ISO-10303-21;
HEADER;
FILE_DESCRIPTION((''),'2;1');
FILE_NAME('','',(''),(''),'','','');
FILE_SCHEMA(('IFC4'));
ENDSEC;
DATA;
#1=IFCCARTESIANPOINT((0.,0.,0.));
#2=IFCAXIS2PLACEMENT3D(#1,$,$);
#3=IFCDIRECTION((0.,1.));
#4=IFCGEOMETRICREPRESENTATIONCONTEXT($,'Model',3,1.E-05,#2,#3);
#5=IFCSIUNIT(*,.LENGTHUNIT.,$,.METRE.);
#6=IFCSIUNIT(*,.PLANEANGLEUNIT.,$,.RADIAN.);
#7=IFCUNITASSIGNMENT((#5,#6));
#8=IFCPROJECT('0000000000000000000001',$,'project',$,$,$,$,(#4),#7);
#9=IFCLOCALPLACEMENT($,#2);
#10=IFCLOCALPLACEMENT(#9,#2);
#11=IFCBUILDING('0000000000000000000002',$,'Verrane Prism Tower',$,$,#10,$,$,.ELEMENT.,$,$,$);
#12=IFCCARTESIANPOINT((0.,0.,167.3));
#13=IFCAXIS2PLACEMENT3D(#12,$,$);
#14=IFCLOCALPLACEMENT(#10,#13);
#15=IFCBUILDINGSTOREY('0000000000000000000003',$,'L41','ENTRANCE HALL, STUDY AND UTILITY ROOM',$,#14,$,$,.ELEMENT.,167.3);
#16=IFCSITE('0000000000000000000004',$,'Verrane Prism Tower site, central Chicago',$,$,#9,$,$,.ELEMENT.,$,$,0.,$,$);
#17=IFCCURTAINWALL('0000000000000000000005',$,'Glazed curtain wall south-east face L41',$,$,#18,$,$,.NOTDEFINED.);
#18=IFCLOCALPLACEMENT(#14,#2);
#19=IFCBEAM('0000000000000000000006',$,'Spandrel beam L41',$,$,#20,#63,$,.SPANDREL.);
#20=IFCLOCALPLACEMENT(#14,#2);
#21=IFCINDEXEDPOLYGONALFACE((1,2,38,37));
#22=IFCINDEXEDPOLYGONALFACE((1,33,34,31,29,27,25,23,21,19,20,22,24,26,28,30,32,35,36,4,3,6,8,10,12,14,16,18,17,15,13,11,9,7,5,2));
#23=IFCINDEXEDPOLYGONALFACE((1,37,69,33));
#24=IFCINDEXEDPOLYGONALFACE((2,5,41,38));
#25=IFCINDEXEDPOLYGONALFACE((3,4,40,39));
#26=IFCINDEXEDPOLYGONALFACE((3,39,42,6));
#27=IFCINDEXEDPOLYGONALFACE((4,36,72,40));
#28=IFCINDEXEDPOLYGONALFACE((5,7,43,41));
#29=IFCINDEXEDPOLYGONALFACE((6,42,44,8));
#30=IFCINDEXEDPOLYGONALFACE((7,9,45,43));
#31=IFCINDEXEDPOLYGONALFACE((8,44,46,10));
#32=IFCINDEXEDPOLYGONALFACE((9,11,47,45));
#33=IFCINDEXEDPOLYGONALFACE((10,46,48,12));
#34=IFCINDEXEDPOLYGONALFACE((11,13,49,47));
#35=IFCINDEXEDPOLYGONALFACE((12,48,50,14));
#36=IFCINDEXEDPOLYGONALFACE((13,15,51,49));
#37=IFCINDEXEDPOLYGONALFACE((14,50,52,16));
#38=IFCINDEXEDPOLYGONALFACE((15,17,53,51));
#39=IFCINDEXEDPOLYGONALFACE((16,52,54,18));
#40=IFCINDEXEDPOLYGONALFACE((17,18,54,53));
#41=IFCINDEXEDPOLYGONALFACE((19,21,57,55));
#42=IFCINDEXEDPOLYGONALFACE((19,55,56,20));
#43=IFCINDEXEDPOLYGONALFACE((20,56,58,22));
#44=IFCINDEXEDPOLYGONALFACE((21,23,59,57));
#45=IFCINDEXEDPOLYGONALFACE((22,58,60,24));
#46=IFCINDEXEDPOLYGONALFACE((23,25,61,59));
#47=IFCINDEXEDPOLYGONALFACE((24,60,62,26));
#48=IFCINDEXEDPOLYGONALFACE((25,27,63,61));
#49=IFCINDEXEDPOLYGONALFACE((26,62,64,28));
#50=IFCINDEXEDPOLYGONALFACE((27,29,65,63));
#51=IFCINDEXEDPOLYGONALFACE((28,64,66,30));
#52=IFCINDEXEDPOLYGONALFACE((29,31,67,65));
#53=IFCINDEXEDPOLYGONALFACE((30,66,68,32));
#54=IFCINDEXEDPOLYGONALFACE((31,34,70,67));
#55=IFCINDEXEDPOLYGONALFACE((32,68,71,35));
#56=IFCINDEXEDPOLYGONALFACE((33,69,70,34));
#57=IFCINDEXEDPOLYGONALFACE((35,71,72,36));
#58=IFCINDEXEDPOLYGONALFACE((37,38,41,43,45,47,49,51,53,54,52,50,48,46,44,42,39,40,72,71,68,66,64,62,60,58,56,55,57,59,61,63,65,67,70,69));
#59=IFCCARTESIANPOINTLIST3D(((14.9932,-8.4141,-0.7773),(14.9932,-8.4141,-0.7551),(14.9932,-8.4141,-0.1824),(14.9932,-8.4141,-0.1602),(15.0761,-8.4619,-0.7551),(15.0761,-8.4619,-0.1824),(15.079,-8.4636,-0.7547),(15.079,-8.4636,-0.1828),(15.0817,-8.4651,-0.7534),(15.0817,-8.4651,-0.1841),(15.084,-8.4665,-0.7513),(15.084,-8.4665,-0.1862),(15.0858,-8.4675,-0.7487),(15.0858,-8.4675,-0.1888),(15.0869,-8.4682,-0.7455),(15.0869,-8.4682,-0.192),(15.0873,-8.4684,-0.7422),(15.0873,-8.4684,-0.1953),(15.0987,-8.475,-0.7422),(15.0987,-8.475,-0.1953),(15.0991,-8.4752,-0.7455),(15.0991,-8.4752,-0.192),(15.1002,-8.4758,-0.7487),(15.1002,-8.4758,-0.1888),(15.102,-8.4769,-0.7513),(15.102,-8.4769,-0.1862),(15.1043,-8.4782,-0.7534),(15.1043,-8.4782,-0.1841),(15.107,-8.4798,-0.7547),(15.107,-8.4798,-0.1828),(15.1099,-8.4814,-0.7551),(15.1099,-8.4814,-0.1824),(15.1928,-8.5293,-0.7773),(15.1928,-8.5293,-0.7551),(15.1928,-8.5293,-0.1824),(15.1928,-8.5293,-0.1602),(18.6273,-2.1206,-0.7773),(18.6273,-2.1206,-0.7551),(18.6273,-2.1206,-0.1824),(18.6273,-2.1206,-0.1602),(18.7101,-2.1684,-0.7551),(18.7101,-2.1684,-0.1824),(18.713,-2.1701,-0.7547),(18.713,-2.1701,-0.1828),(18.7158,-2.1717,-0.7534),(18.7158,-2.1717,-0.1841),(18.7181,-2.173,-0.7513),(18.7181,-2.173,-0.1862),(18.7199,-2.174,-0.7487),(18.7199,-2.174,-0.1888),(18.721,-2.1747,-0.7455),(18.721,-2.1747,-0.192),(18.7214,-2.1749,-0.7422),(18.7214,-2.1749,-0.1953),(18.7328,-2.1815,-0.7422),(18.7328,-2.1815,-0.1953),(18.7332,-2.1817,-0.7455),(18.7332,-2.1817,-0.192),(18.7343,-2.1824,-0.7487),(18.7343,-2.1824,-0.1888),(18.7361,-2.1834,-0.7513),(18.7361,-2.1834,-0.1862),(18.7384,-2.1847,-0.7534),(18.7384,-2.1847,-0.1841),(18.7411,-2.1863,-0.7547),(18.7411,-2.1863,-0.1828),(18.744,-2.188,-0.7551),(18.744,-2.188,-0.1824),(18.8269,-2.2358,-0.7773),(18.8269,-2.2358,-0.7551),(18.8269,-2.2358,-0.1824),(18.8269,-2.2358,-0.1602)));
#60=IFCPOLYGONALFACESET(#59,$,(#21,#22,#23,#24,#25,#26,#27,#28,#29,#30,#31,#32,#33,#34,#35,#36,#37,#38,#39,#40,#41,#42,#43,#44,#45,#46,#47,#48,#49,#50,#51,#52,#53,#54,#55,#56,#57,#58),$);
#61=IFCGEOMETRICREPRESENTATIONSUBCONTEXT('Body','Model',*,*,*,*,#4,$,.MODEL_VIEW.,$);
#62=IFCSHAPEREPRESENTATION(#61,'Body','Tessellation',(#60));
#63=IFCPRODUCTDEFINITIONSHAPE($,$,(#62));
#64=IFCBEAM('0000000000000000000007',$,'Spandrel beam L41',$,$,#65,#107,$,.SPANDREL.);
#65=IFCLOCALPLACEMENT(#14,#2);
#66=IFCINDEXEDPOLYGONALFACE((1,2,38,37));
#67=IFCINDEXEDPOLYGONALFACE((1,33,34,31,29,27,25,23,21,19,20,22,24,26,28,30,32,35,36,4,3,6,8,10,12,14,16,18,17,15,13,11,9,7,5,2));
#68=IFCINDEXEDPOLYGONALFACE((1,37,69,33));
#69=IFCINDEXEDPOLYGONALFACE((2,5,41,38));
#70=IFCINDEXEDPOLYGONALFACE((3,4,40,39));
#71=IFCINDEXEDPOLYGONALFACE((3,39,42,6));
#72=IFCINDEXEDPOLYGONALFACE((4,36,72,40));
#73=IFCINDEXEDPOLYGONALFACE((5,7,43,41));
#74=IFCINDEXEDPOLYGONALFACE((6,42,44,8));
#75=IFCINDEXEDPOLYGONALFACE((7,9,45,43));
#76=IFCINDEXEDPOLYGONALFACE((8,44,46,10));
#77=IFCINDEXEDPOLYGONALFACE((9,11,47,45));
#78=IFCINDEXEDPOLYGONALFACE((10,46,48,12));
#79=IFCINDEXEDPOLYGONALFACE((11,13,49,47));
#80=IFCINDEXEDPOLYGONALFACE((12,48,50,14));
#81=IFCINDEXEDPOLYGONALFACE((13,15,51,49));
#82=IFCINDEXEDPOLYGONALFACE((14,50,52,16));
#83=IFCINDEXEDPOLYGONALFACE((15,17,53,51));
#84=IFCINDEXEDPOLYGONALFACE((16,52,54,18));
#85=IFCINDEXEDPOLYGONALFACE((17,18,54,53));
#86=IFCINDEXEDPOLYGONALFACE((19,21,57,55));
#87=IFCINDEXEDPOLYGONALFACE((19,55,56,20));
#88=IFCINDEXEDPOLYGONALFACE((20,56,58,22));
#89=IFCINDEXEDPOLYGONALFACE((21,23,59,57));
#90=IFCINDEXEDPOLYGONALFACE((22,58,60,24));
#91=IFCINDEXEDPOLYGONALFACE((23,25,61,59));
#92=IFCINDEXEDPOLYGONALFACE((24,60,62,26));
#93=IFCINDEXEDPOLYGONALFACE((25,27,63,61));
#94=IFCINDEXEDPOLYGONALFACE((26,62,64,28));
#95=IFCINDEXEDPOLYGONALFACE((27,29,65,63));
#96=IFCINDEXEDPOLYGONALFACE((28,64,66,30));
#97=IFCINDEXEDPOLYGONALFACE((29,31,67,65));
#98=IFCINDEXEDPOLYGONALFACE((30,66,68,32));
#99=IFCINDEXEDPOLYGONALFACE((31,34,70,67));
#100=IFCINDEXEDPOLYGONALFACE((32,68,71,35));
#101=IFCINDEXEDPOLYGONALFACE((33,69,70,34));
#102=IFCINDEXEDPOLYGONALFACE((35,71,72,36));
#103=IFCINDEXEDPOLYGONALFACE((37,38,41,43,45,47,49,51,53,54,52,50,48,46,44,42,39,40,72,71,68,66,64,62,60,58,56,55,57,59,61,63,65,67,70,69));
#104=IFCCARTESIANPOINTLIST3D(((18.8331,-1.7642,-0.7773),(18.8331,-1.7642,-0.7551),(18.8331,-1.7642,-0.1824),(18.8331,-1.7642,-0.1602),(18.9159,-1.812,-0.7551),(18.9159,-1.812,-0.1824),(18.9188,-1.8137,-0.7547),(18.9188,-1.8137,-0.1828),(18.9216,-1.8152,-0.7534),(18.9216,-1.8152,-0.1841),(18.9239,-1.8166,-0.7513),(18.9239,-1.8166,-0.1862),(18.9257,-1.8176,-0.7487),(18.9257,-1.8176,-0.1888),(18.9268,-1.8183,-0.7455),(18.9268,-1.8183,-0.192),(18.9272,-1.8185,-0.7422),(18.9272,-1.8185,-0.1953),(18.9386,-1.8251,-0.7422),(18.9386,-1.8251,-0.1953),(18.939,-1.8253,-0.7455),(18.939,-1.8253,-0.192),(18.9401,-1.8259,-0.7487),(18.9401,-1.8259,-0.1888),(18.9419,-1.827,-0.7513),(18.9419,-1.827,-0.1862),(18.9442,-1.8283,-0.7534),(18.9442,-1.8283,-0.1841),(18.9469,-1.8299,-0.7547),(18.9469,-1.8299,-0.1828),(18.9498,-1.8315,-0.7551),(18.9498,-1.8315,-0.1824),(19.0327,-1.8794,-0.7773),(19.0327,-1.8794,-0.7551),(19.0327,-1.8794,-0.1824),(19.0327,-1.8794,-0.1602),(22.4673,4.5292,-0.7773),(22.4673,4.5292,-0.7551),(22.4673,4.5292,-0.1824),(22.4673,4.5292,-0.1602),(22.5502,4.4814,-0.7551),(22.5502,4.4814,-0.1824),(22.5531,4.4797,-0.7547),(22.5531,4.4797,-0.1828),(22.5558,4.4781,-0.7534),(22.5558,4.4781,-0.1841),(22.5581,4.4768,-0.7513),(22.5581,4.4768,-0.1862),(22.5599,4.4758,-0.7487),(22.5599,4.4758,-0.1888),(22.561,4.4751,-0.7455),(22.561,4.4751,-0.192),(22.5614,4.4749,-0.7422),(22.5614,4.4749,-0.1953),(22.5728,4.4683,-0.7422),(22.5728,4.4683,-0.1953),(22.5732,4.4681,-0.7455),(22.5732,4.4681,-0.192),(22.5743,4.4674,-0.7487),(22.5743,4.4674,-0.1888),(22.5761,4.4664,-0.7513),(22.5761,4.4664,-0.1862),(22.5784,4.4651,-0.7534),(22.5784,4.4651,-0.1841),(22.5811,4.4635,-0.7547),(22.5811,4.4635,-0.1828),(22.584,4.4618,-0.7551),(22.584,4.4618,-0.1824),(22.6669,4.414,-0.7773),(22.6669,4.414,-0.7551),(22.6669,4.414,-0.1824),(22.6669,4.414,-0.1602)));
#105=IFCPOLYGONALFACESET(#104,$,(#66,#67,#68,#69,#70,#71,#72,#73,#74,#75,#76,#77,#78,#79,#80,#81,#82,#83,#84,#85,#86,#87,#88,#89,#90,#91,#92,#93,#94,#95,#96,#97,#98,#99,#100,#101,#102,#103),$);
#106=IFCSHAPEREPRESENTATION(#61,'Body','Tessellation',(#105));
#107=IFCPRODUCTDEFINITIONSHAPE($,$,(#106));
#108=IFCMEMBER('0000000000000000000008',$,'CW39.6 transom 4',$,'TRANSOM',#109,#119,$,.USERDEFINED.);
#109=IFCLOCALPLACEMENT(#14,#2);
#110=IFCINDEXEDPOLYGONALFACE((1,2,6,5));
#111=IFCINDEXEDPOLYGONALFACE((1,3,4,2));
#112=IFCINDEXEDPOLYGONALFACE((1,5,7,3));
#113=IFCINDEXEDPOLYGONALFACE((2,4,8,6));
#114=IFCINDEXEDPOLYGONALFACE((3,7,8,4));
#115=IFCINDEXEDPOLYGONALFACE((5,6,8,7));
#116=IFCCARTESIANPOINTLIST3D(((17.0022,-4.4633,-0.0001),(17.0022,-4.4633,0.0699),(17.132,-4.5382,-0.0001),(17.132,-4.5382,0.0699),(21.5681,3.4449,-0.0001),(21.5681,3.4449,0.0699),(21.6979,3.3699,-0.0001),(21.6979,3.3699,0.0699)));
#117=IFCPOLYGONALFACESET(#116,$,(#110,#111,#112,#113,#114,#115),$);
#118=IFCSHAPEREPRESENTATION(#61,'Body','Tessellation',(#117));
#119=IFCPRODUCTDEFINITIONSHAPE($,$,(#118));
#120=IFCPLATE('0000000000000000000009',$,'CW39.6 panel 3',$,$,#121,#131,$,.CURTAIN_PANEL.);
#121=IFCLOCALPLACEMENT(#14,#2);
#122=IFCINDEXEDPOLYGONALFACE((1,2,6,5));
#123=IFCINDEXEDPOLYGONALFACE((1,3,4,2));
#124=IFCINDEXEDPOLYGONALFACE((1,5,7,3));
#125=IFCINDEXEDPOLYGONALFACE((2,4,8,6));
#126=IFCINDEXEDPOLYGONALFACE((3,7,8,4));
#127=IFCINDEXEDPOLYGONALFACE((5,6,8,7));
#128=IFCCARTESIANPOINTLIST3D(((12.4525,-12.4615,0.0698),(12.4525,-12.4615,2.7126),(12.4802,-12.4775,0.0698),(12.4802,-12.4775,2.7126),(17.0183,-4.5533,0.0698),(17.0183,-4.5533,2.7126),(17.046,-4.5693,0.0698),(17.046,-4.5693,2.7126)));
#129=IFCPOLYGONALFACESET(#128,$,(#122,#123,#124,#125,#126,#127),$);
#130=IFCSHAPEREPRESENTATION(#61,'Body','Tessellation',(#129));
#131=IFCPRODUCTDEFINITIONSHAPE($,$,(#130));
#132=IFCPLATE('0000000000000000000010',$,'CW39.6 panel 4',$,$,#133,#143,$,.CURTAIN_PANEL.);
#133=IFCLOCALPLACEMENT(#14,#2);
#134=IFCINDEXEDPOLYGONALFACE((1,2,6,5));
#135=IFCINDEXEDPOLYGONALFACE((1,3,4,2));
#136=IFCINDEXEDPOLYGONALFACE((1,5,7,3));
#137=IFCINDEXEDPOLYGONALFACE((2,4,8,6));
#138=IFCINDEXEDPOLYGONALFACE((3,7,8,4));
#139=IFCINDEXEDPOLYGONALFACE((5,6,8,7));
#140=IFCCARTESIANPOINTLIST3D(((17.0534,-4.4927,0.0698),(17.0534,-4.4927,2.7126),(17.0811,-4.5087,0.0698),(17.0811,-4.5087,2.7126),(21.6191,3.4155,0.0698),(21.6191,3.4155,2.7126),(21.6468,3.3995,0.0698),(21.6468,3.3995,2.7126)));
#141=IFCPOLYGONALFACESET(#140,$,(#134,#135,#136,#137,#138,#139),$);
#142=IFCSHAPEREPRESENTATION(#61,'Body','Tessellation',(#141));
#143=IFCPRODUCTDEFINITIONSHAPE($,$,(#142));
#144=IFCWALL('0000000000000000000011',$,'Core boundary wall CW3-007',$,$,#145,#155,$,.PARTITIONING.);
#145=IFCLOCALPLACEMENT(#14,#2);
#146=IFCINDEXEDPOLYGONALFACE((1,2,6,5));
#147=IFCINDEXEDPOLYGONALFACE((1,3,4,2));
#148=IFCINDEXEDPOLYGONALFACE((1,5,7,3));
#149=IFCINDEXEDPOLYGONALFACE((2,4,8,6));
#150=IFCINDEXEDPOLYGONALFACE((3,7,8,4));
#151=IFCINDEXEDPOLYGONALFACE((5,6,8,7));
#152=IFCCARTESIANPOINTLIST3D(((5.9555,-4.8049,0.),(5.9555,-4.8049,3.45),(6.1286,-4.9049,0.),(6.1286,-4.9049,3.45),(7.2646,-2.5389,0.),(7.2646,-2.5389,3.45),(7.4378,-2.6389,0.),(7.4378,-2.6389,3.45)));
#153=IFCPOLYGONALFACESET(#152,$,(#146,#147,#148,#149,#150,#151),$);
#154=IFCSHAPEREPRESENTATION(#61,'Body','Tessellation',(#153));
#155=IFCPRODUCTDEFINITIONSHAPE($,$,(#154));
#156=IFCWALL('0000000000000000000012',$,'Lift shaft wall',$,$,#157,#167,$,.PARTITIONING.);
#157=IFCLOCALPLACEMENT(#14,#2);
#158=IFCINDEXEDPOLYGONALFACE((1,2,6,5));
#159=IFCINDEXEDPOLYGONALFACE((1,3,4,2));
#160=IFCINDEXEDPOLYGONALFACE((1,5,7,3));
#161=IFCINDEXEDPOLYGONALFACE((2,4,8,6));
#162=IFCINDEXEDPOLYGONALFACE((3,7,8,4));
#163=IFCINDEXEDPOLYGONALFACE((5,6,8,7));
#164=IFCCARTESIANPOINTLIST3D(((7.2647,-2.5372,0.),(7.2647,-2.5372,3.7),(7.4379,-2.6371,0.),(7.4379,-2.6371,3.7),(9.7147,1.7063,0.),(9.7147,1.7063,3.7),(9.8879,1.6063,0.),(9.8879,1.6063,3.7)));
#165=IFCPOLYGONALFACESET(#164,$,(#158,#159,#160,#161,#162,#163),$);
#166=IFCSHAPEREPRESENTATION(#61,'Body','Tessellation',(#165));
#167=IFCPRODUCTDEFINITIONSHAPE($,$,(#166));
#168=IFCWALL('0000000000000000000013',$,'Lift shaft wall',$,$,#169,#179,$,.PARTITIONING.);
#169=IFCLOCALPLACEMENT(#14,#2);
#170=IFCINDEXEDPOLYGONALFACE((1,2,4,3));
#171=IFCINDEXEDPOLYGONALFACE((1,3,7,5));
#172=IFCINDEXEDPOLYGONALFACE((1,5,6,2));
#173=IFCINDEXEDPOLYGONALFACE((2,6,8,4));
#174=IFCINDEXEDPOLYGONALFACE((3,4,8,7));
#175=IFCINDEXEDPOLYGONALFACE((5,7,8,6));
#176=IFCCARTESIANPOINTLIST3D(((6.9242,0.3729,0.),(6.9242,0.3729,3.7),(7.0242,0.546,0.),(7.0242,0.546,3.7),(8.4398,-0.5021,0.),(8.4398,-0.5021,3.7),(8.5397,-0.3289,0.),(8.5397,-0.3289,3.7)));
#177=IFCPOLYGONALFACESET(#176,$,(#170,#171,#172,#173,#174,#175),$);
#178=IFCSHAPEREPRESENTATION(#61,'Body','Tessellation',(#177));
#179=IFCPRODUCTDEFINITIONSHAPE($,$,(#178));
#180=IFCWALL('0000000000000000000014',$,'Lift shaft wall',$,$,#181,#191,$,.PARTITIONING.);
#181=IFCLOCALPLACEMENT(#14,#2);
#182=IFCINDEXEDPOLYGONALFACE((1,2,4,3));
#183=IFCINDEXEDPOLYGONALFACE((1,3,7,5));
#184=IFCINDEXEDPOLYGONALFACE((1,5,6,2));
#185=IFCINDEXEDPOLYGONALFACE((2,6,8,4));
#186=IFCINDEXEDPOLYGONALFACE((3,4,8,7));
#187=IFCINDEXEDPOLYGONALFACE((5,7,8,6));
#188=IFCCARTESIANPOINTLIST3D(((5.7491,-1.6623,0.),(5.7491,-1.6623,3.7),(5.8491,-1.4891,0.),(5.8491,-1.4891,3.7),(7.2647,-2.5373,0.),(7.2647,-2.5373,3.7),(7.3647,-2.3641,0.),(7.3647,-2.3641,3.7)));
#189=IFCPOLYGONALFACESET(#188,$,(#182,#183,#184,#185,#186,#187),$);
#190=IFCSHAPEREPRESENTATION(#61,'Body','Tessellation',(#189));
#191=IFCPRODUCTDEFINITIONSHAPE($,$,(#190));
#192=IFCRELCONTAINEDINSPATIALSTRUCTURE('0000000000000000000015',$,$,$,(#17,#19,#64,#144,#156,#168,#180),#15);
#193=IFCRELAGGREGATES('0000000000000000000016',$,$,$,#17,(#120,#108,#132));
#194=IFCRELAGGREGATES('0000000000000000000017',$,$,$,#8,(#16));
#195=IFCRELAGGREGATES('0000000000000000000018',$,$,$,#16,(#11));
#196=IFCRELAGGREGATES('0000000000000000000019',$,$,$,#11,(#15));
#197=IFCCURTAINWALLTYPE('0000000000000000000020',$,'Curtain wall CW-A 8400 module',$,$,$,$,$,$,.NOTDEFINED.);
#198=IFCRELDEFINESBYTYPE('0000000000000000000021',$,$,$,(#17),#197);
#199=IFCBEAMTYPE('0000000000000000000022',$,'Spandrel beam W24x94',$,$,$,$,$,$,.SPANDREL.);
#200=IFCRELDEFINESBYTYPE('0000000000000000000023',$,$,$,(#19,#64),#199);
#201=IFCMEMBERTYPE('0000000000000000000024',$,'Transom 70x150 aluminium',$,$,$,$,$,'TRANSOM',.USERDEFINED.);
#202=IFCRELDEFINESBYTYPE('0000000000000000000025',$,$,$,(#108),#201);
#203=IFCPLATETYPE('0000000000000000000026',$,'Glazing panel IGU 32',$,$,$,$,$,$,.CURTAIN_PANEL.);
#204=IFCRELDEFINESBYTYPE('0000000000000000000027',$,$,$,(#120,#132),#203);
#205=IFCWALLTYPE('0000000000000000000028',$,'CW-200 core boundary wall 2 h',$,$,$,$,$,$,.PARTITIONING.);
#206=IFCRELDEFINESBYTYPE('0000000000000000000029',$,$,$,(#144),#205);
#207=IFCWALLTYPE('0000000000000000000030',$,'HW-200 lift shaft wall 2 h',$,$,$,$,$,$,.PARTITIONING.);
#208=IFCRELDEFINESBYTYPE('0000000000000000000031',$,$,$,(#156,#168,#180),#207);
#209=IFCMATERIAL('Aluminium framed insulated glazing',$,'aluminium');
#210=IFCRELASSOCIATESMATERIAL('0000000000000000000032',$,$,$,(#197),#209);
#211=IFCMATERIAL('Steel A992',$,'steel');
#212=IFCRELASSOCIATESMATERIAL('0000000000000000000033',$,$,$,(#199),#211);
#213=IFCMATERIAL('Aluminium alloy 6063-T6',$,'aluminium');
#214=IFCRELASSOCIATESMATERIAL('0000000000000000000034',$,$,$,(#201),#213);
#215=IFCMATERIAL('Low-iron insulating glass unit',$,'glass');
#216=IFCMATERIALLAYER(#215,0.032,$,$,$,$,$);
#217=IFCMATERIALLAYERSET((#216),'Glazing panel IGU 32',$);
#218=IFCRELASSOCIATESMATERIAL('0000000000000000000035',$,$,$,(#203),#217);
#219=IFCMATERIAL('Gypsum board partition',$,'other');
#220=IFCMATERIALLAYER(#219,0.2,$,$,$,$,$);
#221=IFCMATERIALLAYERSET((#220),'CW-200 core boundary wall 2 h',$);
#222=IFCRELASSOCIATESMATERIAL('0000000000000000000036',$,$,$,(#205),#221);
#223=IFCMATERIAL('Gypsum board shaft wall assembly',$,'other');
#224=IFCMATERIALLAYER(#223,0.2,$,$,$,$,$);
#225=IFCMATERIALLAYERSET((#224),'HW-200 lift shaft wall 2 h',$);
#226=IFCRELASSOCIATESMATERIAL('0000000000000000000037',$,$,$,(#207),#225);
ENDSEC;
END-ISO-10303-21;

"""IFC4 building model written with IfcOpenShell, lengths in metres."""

from ifc_helpers import new_model, si_unit, direction, frame, frame_2d, origin, origin_2d, place, context, subcontext, project, spatial, rectangle, i_section, extrude, material, layer, layer_set, material_profile, profile_set, type_object, element, aggregate, save


model = new_model("IFC4")

# Units and contexts
model_context = context("Model", 3, precision=1e-05, world=origin(), true_north=direction((0.0, 1.0)))
body_context = subcontext(model_context, "Body", "Model", "MODEL_VIEW")
ifc_project = project(units=[si_unit("LENGTHUNIT", "METRE"), si_unit("PLANEANGLEUNIT", "RADIAN")], contexts=[model_context])

# Site, building, storey
site_placement = place(None, origin())
site = spatial("IfcSite", under=ifc_project, at=site_placement, Name="Verrane Prism Tower site, central Chicago", CompositionType="ELEMENT", RefElevation=0.0)
building_placement = place(site_placement, origin())
building = spatial("IfcBuilding", under=site, at=building_placement, Name="Verrane Prism Tower", CompositionType="ELEMENT")
storey_placement = place(building_placement, frame((0.0, 0.0, 167.3)))
storey = spatial("IfcBuildingStorey", under=building, at=storey_placement, Name="L41", Description="ENTRANCE HALL, STUDY AND UTILITY ROOM", CompositionType="ELEMENT", Elevation=167.3)

# Curtain wall
ifc_material_1 = material(Name="Aluminium framed insulated glazing", Category="aluminium")
curtain_wall_type = type_object("IfcCurtainWallType", Name="Curtain wall CW-A 8400 module", PredefinedType="NOTDEFINED", material=ifc_material_1)
curtain_wall_placement = place(storey_placement, origin())
curtain_wall = element("IfcCurtainWall", 1, at=curtain_wall_placement, inside=storey, type_object=curtain_wall_type, Name="Glazed curtain wall south-east face L41", PredefinedType="NOTDEFINED")

# Beams
ifc_material_2 = material(Name="Steel A992", Category="steel")
ifc_material_profile_1 = material_profile(ifc_material_2, i_section(OverallWidth=0.2305, OverallDepth=0.6172, WebThickness=0.0132, FlangeThickness=0.0222, FilletRadius=0.0129, at=origin_2d()), Name="W24x94")
ifc_profile_set_1 = profile_set([ifc_material_profile_1], Name="Steel A992")
beam_type_1 = type_object("IfcBeamType", Name="Spandrel beam W24x94", PredefinedType="SPANDREL", material=ifc_profile_set_1)
for number, where, z_axis, x_axis, name in (
    (2, (15.093, -8.4717, -0.4688), (0.500052, 0.865995, 0.0), (-0.865995, 0.500052, 0.0), "Spandrel beam L41"),
    (3, (18.9329, -1.8218, -0.4688), (0.500077, 0.865981, 0.0), (-0.865981, 0.500077, 0.0), "Spandrel beam L41"),
):
    element("IfcBeam", number, at=place(storey_placement, frame(where, z_axis=z_axis, x_axis=x_axis)), inside=storey, type_object=beam_type_1, Name=name, PredefinedType="SPANDREL", context=body_context, shape_type="SweptSolid", body=[
        extrude(i_section(OverallWidth=0.2305, OverallDepth=0.6172, WebThickness=0.0132, FlangeThickness=0.0222, FilletRadius=0.0129, at=origin_2d()), origin(), (0.0, 0.0, 1.0), 7.2673),
    ])

# Member
ifc_material_3 = material(Name="Aluminium alloy 6063-T6", Category="aluminium")
ifc_material_profile_2 = material_profile(ifc_material_3, rectangle(XDim=0.1499, YDim=0.0701, at=origin_2d()), Name="Transom 70x150 aluminium")
ifc_profile_set_2 = profile_set([ifc_material_profile_2], Name="Aluminium alloy 6063-T6")
member_type_1 = type_object("IfcMemberType", Name="Transom 70x150 aluminium", ElementType="TRANSOM", PredefinedType="USERDEFINED", material=ifc_profile_set_2)
member_1_placement = place(storey_placement, frame((17.0671, -4.5007, 0.0349), z_axis=(0.500009, 0.86602, 0.0), x_axis=(-0.86602, 0.500009, 0.0)))
member_1 = element("IfcMember", 4, at=member_1_placement, type_object=member_type_1, Name="CW39.6 transom 4", ObjectType="TRANSOM", PredefinedType="USERDEFINED", context=body_context, shape_type="SweptSolid", body=[
    extrude(rectangle(XDim=0.1499, YDim=0.0701, at=origin_2d()), origin(), (0.0, 0.0, 1.0), 9.1316),
])

# Plates
ifc_material_4 = material(Name="Low-iron insulating glass unit", Category="glass")
ifc_layer_1 = layer(ifc_material_4, 0.032)
ifc_layer_set_1 = layer_set([ifc_layer_1], Name="Glazing panel IGU 32")
plate_type = type_object("IfcPlateType", Name="Glazing panel IGU 32", PredefinedType="CURTAIN_PANEL", material=ifc_layer_set_1)
plate_1_placement = place(storey_placement, frame((14.7493, -8.5154, 0.0698), z_axis=(0.0, 0.0, 1.0), x_axis=(0.499999, 0.866026, 0.0)))
plate_1 = element("IfcPlate", 5, at=plate_1_placement, type_object=plate_type, Name="CW39.6 panel 3", PredefinedType="CURTAIN_PANEL", context=body_context, shape_type="SweptSolid", body=[
    extrude(rectangle(XDim=9.1316, YDim=0.032, at=origin_2d()), origin(), (0.0, 0.0, 1.0), 2.6428),
])
plate_2_placement = place(storey_placement, frame((19.3501, -0.5466, 0.0698), z_axis=(0.0, 0.0, 1.0), x_axis=(0.499999, 0.866026, 0.0)))
plate_2 = element("IfcPlate", 6, at=plate_2_placement, type_object=plate_type, Name="CW39.6 panel 4", PredefinedType="CURTAIN_PANEL", context=body_context, shape_type="SweptSolid", body=[
    extrude(rectangle(XDim=9.1316, YDim=0.032, at=origin_2d()), origin(), (0.0, 0.0, 1.0), 2.6428),
])
aggregate(curtain_wall, [plate_1, member_1, plate_2])

# Walls
ifc_material_5 = material(Name="Gypsum board partition", Category="other")
ifc_layer_2 = layer(ifc_material_5, 0.2)
ifc_layer_set_2 = layer_set([ifc_layer_2], Name="CW-200 core boundary wall 2 h")
wall_type_1 = type_object("IfcWallType", Name="CW-200 core boundary wall 2 h", PredefinedType="PARTITIONING", material=ifc_layer_set_2)
wall_1_placement = place(storey_placement, frame((6.042, -4.855, 0.0), z_axis=(0.0, 0.0, 1.0), x_axis=(0.500253, 0.865879, 0.0)))
element("IfcWall", 7, at=wall_1_placement, inside=storey, type_object=wall_type_1, Name="Core boundary wall CW3-007", PredefinedType="PARTITIONING", context=body_context, shape_type="SweptSolid", body=[
    extrude(rectangle(XDim=2.6169, YDim=0.2, at=frame_2d((1.3086, 0.0))), origin(), (0.0, 0.0, 1.0), 3.45),
])
ifc_material_6 = material(Name="Gypsum board shaft wall assembly", Category="other")
ifc_layer_3 = layer(ifc_material_6, 0.2)
ifc_layer_set_3 = layer_set([ifc_layer_3], Name="HW-200 lift shaft wall 2 h")
wall_type_2 = type_object("IfcWallType", Name="HW-200 lift shaft wall 2 h", PredefinedType="PARTITIONING", material=ifc_layer_set_3)
wall_2_placement = place(storey_placement, frame((7.3513, -2.5872, 0.0), z_axis=(0.0, 0.0, 1.0), x_axis=(0.500003, 0.866024, 0.0)))
element("IfcWall", 8, at=wall_2_placement, inside=storey, type_object=wall_type_2, Name="Lift shaft wall", PredefinedType="PARTITIONING", context=body_context, shape_type="SweptSolid", body=[
    extrude(rectangle(XDim=4.8999, YDim=0.2, at=frame_2d((2.45, 0.0))), origin(), (0.0, 0.0, 1.0), 3.7),
])
for number, where, z_axis, x_axis, name in (
    (9, (8.4897, -0.4155, 0.0), (0.0, 0.0, 1.0), (-0.866037, 0.49998, 0.0), "Lift shaft wall"),
    (10, (7.3147, -2.4507, 0.0), (0.0, 0.0, 1.0), (-0.866037, 0.49998, 0.0), "Lift shaft wall"),
):
    element("IfcWall", number, at=place(storey_placement, frame(where, z_axis=z_axis, x_axis=x_axis)), inside=storey, type_object=wall_type_2, Name=name, PredefinedType="PARTITIONING", context=body_context, shape_type="SweptSolid", body=[
        extrude(rectangle(XDim=1.75, YDim=0.2, at=frame_2d((0.875, 0.0))), origin(), (0.0, 0.0, 1.0), 3.7),
    ])

save(model, "model.ifc")
